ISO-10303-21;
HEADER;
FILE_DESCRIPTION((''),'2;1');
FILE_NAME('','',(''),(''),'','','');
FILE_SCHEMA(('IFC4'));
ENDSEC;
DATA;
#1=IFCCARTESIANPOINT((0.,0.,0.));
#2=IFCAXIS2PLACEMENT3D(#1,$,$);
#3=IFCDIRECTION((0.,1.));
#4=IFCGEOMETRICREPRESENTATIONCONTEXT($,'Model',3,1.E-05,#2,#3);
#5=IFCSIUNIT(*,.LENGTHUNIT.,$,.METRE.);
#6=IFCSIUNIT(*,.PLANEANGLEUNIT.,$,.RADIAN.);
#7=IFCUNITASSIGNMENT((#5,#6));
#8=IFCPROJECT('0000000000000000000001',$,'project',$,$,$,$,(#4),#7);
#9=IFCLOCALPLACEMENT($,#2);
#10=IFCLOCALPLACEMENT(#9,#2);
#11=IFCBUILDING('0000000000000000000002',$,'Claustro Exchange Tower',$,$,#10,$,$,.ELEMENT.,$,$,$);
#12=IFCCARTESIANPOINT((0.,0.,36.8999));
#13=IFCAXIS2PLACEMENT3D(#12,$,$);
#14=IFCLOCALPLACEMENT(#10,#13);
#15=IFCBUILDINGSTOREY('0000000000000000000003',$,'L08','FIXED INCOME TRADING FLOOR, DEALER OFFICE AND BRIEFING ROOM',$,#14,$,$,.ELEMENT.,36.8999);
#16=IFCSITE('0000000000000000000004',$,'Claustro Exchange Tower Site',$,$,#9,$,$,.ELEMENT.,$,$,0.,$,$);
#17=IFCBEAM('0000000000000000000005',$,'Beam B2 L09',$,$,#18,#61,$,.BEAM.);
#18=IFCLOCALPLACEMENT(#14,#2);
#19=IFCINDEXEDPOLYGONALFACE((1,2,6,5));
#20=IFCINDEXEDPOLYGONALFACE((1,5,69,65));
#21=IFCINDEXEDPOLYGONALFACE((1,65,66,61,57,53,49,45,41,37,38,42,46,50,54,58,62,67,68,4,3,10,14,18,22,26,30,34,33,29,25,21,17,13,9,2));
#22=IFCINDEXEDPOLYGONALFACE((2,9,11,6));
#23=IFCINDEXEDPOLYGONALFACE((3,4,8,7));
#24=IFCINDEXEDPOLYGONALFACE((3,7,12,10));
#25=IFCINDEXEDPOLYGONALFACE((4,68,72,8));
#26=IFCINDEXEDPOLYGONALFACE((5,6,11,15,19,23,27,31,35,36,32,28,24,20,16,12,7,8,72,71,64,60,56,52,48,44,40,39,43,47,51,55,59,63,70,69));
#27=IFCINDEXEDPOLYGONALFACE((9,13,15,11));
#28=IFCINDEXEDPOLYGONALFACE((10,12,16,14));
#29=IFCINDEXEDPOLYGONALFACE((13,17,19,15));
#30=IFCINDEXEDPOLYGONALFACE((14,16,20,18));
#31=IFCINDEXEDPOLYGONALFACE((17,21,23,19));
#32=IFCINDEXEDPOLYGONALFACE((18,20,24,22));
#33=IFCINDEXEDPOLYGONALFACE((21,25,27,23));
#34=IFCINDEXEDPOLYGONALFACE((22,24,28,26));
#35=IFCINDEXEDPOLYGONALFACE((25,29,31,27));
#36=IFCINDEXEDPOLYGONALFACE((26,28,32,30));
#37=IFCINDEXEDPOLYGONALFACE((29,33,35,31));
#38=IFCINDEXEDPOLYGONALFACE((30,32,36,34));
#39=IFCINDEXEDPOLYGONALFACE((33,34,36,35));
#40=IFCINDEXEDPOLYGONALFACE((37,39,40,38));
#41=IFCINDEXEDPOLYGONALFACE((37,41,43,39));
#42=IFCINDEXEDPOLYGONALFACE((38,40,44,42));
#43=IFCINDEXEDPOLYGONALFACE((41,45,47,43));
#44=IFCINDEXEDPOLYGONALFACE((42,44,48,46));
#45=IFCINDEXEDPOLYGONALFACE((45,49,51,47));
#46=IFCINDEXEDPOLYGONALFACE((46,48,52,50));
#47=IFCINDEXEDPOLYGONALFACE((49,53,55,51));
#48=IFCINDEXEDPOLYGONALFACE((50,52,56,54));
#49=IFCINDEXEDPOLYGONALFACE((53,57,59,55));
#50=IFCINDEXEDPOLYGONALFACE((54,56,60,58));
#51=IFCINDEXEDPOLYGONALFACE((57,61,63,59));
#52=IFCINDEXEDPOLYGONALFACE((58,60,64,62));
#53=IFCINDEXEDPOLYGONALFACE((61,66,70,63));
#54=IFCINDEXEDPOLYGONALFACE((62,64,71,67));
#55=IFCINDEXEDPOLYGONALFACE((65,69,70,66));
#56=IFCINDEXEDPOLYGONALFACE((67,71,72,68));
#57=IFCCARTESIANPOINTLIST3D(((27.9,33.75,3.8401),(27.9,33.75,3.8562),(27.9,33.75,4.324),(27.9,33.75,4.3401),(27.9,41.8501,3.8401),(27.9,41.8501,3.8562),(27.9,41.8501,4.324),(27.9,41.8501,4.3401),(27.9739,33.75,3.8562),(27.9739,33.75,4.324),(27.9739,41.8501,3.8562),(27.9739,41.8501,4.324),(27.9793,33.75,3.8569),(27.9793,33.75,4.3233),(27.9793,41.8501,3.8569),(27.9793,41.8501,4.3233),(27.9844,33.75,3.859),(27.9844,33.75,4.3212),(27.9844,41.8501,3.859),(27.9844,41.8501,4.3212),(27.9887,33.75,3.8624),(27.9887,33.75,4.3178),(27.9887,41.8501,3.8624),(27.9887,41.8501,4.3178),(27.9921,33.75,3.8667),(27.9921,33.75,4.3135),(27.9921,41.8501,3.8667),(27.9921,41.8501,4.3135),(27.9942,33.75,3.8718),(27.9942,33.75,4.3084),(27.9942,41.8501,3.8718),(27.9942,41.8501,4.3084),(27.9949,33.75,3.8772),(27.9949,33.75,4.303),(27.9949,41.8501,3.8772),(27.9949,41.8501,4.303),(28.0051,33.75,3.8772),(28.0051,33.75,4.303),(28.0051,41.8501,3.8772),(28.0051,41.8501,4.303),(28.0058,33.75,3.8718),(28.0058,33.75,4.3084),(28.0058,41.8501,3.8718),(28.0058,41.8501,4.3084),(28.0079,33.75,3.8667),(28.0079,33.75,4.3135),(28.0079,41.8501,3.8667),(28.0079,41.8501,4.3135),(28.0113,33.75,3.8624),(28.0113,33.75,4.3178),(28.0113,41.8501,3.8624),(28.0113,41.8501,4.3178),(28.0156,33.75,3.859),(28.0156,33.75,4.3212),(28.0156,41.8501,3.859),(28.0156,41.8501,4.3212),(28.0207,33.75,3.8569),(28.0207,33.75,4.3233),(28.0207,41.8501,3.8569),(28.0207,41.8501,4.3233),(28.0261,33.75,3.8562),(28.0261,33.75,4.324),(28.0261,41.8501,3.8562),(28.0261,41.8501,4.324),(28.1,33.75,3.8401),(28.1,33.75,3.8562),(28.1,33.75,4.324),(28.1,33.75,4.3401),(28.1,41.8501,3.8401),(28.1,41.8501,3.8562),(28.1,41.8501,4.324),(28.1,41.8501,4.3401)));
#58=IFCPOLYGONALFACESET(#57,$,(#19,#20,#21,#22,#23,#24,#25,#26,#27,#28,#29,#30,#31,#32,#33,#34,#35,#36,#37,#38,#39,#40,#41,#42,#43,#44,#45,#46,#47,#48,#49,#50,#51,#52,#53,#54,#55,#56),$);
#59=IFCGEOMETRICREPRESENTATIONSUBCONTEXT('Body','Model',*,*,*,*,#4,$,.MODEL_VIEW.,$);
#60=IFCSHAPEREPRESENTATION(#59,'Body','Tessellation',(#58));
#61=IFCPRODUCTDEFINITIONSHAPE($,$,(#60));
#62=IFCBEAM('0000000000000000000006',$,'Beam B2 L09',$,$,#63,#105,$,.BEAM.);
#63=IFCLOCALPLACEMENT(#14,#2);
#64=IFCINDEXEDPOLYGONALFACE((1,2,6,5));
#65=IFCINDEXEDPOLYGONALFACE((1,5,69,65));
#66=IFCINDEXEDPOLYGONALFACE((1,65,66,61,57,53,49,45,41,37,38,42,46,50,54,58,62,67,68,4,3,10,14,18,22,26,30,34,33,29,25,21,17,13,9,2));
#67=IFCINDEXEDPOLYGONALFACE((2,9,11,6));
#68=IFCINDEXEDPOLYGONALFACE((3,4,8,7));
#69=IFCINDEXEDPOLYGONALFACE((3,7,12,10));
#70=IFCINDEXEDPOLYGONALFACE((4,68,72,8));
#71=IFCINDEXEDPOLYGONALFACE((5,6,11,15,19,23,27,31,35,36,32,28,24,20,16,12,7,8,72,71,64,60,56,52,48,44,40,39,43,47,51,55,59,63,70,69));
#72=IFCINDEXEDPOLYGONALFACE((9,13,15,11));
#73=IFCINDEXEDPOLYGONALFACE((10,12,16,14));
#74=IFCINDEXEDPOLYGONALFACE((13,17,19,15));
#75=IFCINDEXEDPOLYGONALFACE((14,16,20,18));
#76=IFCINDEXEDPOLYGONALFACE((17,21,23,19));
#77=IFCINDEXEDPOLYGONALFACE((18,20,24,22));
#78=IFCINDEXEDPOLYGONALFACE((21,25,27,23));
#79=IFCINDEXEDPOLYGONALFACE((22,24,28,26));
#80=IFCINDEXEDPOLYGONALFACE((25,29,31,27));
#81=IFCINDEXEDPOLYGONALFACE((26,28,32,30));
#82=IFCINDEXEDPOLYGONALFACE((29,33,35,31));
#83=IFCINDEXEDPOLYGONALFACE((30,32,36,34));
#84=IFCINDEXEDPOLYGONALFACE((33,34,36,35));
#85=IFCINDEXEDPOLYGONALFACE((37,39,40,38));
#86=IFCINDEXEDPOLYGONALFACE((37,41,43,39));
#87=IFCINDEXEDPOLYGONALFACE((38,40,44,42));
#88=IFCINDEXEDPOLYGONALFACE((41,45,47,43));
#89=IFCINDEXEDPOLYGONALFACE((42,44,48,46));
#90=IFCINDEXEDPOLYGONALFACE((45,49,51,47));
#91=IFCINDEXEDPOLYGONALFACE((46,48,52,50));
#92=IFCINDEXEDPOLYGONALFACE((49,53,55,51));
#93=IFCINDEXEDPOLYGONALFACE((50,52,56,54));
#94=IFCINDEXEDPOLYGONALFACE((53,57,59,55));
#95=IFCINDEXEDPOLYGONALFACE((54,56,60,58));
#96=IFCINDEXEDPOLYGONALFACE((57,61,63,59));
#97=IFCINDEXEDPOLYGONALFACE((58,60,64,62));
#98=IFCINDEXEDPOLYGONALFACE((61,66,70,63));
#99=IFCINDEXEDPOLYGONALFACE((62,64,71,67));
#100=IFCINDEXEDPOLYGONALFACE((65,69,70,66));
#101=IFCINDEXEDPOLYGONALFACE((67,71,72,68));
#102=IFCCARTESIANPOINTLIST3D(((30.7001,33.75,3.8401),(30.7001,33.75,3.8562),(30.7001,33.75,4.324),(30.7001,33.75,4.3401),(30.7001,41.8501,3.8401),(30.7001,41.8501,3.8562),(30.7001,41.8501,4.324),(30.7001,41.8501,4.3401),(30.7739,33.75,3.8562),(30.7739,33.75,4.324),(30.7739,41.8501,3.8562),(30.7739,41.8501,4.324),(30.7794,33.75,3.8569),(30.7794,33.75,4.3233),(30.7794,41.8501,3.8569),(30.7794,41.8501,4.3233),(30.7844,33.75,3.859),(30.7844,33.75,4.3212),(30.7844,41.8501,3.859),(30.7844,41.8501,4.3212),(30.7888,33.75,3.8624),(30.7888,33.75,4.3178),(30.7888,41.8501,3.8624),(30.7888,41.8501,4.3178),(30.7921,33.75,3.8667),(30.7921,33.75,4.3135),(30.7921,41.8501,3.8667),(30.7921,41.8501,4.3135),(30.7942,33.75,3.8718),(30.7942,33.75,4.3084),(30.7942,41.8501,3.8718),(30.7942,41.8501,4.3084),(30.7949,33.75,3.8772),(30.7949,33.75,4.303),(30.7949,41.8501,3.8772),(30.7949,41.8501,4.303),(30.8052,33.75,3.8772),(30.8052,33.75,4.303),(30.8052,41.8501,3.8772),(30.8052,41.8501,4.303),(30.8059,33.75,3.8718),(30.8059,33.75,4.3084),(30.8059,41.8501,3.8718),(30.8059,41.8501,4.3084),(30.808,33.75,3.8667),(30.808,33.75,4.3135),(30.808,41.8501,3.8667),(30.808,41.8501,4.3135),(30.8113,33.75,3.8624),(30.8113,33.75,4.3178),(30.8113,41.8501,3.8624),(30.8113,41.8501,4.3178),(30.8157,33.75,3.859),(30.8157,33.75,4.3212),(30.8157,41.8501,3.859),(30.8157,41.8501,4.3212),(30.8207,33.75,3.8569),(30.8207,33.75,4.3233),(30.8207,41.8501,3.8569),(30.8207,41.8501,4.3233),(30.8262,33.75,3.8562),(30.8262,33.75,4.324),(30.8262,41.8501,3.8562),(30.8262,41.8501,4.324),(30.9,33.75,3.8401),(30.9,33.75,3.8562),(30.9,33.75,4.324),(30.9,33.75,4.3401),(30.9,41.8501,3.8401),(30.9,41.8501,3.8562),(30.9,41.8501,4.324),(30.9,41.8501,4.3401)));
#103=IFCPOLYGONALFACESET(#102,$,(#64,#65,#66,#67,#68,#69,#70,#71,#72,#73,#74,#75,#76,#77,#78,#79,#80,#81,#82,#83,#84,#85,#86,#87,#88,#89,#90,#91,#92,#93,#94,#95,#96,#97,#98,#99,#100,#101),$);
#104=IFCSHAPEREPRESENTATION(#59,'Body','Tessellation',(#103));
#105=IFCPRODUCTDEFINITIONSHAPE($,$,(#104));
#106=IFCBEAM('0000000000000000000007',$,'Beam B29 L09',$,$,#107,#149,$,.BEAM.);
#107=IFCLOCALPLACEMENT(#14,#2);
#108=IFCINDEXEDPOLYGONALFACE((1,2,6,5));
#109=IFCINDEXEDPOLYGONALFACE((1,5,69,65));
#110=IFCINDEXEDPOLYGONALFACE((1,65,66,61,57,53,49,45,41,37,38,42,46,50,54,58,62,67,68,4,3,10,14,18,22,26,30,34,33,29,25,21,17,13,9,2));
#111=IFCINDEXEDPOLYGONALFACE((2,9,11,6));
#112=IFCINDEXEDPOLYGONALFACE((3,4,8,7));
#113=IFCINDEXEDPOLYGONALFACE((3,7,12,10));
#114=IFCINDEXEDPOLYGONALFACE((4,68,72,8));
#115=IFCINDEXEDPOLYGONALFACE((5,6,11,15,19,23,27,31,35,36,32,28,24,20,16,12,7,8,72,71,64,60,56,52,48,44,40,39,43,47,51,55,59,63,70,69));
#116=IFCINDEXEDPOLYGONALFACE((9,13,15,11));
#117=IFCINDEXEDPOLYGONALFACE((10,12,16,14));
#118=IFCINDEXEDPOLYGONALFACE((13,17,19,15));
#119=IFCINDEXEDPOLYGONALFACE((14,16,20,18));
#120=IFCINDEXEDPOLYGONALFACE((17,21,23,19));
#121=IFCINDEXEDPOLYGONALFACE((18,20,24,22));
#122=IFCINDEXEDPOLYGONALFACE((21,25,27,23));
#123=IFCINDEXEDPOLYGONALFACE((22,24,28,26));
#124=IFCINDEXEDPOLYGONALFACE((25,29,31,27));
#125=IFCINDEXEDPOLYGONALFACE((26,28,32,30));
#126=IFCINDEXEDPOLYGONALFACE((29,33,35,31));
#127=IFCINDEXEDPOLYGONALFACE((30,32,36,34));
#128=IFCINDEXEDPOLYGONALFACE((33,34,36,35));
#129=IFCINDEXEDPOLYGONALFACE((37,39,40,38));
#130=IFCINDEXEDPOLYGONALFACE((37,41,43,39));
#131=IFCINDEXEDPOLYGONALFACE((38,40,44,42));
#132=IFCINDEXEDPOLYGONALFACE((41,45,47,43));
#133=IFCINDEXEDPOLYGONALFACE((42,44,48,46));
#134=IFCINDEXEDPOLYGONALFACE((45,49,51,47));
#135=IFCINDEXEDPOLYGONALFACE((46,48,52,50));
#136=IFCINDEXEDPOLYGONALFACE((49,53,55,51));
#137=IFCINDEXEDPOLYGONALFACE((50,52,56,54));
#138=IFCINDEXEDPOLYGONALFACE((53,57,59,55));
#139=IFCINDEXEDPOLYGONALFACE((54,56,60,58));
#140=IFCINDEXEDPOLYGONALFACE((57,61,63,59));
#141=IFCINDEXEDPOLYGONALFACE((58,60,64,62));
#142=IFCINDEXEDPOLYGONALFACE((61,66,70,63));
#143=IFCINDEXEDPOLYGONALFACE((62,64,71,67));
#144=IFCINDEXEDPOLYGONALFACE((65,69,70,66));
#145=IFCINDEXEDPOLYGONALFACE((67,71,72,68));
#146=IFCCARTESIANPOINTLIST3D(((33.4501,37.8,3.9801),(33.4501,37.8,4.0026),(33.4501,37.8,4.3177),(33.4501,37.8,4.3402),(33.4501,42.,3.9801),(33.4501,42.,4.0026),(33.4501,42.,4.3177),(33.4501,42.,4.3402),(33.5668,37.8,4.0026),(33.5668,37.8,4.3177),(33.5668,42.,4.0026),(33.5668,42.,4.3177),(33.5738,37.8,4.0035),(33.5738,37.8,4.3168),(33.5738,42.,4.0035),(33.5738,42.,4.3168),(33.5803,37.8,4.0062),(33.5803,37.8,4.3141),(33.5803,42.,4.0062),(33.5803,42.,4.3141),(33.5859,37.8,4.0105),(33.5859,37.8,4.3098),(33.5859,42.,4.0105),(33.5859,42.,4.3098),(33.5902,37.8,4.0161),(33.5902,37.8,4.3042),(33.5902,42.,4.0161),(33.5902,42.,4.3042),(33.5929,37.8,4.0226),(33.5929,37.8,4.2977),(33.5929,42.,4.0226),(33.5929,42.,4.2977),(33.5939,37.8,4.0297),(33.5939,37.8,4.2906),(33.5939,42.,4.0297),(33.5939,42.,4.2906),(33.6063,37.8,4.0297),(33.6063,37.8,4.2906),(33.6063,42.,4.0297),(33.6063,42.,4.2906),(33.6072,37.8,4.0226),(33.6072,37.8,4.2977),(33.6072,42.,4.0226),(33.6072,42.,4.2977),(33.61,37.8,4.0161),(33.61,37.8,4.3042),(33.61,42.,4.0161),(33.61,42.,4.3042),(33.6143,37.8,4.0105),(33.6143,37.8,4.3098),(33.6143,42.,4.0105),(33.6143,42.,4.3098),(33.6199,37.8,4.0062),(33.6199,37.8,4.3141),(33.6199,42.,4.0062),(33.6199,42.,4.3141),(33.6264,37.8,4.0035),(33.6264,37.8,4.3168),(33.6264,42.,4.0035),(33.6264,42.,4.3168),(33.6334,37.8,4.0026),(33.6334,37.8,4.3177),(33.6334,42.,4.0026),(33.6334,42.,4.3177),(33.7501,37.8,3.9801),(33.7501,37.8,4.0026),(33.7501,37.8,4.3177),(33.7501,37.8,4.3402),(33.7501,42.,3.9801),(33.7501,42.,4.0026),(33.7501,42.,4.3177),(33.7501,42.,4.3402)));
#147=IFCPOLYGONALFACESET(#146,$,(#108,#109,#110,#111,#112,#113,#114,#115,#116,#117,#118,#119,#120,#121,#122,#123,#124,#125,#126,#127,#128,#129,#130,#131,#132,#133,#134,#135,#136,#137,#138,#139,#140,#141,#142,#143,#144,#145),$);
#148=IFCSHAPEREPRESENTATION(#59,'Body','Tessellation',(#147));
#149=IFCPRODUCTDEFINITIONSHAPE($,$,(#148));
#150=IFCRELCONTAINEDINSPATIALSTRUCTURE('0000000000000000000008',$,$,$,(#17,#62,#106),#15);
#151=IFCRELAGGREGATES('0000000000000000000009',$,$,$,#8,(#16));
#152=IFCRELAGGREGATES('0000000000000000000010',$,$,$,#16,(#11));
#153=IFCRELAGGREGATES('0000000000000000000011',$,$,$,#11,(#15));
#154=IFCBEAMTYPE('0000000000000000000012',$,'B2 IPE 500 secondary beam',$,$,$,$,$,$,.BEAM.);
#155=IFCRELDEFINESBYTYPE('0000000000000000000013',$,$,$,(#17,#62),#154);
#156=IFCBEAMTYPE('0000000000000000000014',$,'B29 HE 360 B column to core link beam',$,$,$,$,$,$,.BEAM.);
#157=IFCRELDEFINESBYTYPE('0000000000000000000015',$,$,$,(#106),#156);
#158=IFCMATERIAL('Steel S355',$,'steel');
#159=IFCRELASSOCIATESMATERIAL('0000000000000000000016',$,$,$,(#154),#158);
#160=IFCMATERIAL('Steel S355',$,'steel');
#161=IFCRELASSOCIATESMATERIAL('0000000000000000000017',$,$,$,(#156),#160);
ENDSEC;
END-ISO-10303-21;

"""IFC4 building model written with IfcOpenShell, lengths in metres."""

from ifc_helpers import new_model, si_unit, direction, frame, origin, origin_2d, place, context, subcontext, project, spatial, i_section, extrude, material, material_profile, profile_set, type_object, element, save


model = new_model("IFC4")

# Units and contexts
model_context = context("Model", 3, precision=1e-05, world=origin(), true_north=direction((0.0, 1.0)))
body_context = subcontext(model_context, "Body", "Model", "MODEL_VIEW")
ifc_project = project(units=[si_unit("LENGTHUNIT", "METRE"), si_unit("PLANEANGLEUNIT", "RADIAN")], contexts=[model_context])

# Site, building, storey
site_placement = place(None, origin())
site = spatial("IfcSite", under=ifc_project, at=site_placement, Name="Claustro Exchange Tower Site", CompositionType="ELEMENT", RefElevation=0.0)
building_placement = place(site_placement, origin())
building = spatial("IfcBuilding", under=site, at=building_placement, Name="Claustro Exchange Tower", CompositionType="ELEMENT")
storey_placement = place(building_placement, frame((0.0, 0.0, 36.8999)))
storey = spatial("IfcBuildingStorey", under=building, at=storey_placement, Name="L08", Description="FIXED INCOME TRADING FLOOR, DEALER OFFICE AND BRIEFING ROOM", CompositionType="ELEMENT", Elevation=36.8999)

# Beams
ifc_material_1 = material(Name="Steel S355", Category="steel")
ifc_material_profile_1 = material_profile(ifc_material_1, i_section(OverallWidth=0.2, OverallDepth=0.5, WebThickness=0.0103, FlangeThickness=0.0161, FilletRadius=0.021, at=origin_2d()), Name="IPE 500")
ifc_profile_set_1 = profile_set([ifc_material_profile_1], Name="Steel S355")
beam_type_1 = type_object("IfcBeamType", Name="B2 IPE 500 secondary beam", PredefinedType="BEAM", material=ifc_profile_set_1)
for number, where, z_axis, x_axis, name in (
    (1, (28.0, 33.75, 4.0901), (0.0, 1.0, 0.0), (-1.0, 0.0, 0.0), "Beam B2 L09"),
    (2, (30.8, 33.75, 4.0901), (0.0, 1.0, 0.0), (-1.0, 0.0, 0.0), "Beam B2 L09"),
):
    element("IfcBeam", number, at=place(storey_placement, frame(where, z_axis=z_axis, x_axis=x_axis)), inside=storey, type_object=beam_type_1, Name=name, PredefinedType="BEAM", context=body_context, shape_type="SweptSolid", body=[
        extrude(i_section(OverallWidth=0.2, OverallDepth=0.5, WebThickness=0.0103, FlangeThickness=0.0161, FilletRadius=0.021, at=origin_2d()), origin(), (0.0, 0.0, 1.0), 8.1001),
    ])
ifc_material_2 = material(Name="Steel S355", Category="steel")
ifc_material_profile_2 = material_profile(ifc_material_2, i_section(OverallWidth=0.3, OverallDepth=0.3601, WebThickness=0.0125, FlangeThickness=0.0225, FilletRadius=0.0271, at=origin_2d()), Name="HE 360 B")
ifc_profile_set_2 = profile_set([ifc_material_profile_2], Name="Steel S355")
beam_type_2 = type_object("IfcBeamType", Name="B29 HE 360 B column to core link beam", PredefinedType="BEAM", material=ifc_profile_set_2)
beam_1_placement = place(storey_placement, frame((33.6001, 37.8, 4.1602), z_axis=(0.0, 1.0, 0.0), x_axis=(-1.0, 0.0, 0.0)))
element("IfcBeam", 3, at=beam_1_placement, inside=storey, type_object=beam_type_2, Name="Beam B29 L09", PredefinedType="BEAM", context=body_context, shape_type="SweptSolid", body=[
    extrude(i_section(OverallWidth=0.3, OverallDepth=0.3601, WebThickness=0.0125, FlangeThickness=0.0225, FilletRadius=0.0271, at=origin_2d()), origin(), (0.0, 0.0, 1.0), 4.2),
])

save(model, "model.ifc")
